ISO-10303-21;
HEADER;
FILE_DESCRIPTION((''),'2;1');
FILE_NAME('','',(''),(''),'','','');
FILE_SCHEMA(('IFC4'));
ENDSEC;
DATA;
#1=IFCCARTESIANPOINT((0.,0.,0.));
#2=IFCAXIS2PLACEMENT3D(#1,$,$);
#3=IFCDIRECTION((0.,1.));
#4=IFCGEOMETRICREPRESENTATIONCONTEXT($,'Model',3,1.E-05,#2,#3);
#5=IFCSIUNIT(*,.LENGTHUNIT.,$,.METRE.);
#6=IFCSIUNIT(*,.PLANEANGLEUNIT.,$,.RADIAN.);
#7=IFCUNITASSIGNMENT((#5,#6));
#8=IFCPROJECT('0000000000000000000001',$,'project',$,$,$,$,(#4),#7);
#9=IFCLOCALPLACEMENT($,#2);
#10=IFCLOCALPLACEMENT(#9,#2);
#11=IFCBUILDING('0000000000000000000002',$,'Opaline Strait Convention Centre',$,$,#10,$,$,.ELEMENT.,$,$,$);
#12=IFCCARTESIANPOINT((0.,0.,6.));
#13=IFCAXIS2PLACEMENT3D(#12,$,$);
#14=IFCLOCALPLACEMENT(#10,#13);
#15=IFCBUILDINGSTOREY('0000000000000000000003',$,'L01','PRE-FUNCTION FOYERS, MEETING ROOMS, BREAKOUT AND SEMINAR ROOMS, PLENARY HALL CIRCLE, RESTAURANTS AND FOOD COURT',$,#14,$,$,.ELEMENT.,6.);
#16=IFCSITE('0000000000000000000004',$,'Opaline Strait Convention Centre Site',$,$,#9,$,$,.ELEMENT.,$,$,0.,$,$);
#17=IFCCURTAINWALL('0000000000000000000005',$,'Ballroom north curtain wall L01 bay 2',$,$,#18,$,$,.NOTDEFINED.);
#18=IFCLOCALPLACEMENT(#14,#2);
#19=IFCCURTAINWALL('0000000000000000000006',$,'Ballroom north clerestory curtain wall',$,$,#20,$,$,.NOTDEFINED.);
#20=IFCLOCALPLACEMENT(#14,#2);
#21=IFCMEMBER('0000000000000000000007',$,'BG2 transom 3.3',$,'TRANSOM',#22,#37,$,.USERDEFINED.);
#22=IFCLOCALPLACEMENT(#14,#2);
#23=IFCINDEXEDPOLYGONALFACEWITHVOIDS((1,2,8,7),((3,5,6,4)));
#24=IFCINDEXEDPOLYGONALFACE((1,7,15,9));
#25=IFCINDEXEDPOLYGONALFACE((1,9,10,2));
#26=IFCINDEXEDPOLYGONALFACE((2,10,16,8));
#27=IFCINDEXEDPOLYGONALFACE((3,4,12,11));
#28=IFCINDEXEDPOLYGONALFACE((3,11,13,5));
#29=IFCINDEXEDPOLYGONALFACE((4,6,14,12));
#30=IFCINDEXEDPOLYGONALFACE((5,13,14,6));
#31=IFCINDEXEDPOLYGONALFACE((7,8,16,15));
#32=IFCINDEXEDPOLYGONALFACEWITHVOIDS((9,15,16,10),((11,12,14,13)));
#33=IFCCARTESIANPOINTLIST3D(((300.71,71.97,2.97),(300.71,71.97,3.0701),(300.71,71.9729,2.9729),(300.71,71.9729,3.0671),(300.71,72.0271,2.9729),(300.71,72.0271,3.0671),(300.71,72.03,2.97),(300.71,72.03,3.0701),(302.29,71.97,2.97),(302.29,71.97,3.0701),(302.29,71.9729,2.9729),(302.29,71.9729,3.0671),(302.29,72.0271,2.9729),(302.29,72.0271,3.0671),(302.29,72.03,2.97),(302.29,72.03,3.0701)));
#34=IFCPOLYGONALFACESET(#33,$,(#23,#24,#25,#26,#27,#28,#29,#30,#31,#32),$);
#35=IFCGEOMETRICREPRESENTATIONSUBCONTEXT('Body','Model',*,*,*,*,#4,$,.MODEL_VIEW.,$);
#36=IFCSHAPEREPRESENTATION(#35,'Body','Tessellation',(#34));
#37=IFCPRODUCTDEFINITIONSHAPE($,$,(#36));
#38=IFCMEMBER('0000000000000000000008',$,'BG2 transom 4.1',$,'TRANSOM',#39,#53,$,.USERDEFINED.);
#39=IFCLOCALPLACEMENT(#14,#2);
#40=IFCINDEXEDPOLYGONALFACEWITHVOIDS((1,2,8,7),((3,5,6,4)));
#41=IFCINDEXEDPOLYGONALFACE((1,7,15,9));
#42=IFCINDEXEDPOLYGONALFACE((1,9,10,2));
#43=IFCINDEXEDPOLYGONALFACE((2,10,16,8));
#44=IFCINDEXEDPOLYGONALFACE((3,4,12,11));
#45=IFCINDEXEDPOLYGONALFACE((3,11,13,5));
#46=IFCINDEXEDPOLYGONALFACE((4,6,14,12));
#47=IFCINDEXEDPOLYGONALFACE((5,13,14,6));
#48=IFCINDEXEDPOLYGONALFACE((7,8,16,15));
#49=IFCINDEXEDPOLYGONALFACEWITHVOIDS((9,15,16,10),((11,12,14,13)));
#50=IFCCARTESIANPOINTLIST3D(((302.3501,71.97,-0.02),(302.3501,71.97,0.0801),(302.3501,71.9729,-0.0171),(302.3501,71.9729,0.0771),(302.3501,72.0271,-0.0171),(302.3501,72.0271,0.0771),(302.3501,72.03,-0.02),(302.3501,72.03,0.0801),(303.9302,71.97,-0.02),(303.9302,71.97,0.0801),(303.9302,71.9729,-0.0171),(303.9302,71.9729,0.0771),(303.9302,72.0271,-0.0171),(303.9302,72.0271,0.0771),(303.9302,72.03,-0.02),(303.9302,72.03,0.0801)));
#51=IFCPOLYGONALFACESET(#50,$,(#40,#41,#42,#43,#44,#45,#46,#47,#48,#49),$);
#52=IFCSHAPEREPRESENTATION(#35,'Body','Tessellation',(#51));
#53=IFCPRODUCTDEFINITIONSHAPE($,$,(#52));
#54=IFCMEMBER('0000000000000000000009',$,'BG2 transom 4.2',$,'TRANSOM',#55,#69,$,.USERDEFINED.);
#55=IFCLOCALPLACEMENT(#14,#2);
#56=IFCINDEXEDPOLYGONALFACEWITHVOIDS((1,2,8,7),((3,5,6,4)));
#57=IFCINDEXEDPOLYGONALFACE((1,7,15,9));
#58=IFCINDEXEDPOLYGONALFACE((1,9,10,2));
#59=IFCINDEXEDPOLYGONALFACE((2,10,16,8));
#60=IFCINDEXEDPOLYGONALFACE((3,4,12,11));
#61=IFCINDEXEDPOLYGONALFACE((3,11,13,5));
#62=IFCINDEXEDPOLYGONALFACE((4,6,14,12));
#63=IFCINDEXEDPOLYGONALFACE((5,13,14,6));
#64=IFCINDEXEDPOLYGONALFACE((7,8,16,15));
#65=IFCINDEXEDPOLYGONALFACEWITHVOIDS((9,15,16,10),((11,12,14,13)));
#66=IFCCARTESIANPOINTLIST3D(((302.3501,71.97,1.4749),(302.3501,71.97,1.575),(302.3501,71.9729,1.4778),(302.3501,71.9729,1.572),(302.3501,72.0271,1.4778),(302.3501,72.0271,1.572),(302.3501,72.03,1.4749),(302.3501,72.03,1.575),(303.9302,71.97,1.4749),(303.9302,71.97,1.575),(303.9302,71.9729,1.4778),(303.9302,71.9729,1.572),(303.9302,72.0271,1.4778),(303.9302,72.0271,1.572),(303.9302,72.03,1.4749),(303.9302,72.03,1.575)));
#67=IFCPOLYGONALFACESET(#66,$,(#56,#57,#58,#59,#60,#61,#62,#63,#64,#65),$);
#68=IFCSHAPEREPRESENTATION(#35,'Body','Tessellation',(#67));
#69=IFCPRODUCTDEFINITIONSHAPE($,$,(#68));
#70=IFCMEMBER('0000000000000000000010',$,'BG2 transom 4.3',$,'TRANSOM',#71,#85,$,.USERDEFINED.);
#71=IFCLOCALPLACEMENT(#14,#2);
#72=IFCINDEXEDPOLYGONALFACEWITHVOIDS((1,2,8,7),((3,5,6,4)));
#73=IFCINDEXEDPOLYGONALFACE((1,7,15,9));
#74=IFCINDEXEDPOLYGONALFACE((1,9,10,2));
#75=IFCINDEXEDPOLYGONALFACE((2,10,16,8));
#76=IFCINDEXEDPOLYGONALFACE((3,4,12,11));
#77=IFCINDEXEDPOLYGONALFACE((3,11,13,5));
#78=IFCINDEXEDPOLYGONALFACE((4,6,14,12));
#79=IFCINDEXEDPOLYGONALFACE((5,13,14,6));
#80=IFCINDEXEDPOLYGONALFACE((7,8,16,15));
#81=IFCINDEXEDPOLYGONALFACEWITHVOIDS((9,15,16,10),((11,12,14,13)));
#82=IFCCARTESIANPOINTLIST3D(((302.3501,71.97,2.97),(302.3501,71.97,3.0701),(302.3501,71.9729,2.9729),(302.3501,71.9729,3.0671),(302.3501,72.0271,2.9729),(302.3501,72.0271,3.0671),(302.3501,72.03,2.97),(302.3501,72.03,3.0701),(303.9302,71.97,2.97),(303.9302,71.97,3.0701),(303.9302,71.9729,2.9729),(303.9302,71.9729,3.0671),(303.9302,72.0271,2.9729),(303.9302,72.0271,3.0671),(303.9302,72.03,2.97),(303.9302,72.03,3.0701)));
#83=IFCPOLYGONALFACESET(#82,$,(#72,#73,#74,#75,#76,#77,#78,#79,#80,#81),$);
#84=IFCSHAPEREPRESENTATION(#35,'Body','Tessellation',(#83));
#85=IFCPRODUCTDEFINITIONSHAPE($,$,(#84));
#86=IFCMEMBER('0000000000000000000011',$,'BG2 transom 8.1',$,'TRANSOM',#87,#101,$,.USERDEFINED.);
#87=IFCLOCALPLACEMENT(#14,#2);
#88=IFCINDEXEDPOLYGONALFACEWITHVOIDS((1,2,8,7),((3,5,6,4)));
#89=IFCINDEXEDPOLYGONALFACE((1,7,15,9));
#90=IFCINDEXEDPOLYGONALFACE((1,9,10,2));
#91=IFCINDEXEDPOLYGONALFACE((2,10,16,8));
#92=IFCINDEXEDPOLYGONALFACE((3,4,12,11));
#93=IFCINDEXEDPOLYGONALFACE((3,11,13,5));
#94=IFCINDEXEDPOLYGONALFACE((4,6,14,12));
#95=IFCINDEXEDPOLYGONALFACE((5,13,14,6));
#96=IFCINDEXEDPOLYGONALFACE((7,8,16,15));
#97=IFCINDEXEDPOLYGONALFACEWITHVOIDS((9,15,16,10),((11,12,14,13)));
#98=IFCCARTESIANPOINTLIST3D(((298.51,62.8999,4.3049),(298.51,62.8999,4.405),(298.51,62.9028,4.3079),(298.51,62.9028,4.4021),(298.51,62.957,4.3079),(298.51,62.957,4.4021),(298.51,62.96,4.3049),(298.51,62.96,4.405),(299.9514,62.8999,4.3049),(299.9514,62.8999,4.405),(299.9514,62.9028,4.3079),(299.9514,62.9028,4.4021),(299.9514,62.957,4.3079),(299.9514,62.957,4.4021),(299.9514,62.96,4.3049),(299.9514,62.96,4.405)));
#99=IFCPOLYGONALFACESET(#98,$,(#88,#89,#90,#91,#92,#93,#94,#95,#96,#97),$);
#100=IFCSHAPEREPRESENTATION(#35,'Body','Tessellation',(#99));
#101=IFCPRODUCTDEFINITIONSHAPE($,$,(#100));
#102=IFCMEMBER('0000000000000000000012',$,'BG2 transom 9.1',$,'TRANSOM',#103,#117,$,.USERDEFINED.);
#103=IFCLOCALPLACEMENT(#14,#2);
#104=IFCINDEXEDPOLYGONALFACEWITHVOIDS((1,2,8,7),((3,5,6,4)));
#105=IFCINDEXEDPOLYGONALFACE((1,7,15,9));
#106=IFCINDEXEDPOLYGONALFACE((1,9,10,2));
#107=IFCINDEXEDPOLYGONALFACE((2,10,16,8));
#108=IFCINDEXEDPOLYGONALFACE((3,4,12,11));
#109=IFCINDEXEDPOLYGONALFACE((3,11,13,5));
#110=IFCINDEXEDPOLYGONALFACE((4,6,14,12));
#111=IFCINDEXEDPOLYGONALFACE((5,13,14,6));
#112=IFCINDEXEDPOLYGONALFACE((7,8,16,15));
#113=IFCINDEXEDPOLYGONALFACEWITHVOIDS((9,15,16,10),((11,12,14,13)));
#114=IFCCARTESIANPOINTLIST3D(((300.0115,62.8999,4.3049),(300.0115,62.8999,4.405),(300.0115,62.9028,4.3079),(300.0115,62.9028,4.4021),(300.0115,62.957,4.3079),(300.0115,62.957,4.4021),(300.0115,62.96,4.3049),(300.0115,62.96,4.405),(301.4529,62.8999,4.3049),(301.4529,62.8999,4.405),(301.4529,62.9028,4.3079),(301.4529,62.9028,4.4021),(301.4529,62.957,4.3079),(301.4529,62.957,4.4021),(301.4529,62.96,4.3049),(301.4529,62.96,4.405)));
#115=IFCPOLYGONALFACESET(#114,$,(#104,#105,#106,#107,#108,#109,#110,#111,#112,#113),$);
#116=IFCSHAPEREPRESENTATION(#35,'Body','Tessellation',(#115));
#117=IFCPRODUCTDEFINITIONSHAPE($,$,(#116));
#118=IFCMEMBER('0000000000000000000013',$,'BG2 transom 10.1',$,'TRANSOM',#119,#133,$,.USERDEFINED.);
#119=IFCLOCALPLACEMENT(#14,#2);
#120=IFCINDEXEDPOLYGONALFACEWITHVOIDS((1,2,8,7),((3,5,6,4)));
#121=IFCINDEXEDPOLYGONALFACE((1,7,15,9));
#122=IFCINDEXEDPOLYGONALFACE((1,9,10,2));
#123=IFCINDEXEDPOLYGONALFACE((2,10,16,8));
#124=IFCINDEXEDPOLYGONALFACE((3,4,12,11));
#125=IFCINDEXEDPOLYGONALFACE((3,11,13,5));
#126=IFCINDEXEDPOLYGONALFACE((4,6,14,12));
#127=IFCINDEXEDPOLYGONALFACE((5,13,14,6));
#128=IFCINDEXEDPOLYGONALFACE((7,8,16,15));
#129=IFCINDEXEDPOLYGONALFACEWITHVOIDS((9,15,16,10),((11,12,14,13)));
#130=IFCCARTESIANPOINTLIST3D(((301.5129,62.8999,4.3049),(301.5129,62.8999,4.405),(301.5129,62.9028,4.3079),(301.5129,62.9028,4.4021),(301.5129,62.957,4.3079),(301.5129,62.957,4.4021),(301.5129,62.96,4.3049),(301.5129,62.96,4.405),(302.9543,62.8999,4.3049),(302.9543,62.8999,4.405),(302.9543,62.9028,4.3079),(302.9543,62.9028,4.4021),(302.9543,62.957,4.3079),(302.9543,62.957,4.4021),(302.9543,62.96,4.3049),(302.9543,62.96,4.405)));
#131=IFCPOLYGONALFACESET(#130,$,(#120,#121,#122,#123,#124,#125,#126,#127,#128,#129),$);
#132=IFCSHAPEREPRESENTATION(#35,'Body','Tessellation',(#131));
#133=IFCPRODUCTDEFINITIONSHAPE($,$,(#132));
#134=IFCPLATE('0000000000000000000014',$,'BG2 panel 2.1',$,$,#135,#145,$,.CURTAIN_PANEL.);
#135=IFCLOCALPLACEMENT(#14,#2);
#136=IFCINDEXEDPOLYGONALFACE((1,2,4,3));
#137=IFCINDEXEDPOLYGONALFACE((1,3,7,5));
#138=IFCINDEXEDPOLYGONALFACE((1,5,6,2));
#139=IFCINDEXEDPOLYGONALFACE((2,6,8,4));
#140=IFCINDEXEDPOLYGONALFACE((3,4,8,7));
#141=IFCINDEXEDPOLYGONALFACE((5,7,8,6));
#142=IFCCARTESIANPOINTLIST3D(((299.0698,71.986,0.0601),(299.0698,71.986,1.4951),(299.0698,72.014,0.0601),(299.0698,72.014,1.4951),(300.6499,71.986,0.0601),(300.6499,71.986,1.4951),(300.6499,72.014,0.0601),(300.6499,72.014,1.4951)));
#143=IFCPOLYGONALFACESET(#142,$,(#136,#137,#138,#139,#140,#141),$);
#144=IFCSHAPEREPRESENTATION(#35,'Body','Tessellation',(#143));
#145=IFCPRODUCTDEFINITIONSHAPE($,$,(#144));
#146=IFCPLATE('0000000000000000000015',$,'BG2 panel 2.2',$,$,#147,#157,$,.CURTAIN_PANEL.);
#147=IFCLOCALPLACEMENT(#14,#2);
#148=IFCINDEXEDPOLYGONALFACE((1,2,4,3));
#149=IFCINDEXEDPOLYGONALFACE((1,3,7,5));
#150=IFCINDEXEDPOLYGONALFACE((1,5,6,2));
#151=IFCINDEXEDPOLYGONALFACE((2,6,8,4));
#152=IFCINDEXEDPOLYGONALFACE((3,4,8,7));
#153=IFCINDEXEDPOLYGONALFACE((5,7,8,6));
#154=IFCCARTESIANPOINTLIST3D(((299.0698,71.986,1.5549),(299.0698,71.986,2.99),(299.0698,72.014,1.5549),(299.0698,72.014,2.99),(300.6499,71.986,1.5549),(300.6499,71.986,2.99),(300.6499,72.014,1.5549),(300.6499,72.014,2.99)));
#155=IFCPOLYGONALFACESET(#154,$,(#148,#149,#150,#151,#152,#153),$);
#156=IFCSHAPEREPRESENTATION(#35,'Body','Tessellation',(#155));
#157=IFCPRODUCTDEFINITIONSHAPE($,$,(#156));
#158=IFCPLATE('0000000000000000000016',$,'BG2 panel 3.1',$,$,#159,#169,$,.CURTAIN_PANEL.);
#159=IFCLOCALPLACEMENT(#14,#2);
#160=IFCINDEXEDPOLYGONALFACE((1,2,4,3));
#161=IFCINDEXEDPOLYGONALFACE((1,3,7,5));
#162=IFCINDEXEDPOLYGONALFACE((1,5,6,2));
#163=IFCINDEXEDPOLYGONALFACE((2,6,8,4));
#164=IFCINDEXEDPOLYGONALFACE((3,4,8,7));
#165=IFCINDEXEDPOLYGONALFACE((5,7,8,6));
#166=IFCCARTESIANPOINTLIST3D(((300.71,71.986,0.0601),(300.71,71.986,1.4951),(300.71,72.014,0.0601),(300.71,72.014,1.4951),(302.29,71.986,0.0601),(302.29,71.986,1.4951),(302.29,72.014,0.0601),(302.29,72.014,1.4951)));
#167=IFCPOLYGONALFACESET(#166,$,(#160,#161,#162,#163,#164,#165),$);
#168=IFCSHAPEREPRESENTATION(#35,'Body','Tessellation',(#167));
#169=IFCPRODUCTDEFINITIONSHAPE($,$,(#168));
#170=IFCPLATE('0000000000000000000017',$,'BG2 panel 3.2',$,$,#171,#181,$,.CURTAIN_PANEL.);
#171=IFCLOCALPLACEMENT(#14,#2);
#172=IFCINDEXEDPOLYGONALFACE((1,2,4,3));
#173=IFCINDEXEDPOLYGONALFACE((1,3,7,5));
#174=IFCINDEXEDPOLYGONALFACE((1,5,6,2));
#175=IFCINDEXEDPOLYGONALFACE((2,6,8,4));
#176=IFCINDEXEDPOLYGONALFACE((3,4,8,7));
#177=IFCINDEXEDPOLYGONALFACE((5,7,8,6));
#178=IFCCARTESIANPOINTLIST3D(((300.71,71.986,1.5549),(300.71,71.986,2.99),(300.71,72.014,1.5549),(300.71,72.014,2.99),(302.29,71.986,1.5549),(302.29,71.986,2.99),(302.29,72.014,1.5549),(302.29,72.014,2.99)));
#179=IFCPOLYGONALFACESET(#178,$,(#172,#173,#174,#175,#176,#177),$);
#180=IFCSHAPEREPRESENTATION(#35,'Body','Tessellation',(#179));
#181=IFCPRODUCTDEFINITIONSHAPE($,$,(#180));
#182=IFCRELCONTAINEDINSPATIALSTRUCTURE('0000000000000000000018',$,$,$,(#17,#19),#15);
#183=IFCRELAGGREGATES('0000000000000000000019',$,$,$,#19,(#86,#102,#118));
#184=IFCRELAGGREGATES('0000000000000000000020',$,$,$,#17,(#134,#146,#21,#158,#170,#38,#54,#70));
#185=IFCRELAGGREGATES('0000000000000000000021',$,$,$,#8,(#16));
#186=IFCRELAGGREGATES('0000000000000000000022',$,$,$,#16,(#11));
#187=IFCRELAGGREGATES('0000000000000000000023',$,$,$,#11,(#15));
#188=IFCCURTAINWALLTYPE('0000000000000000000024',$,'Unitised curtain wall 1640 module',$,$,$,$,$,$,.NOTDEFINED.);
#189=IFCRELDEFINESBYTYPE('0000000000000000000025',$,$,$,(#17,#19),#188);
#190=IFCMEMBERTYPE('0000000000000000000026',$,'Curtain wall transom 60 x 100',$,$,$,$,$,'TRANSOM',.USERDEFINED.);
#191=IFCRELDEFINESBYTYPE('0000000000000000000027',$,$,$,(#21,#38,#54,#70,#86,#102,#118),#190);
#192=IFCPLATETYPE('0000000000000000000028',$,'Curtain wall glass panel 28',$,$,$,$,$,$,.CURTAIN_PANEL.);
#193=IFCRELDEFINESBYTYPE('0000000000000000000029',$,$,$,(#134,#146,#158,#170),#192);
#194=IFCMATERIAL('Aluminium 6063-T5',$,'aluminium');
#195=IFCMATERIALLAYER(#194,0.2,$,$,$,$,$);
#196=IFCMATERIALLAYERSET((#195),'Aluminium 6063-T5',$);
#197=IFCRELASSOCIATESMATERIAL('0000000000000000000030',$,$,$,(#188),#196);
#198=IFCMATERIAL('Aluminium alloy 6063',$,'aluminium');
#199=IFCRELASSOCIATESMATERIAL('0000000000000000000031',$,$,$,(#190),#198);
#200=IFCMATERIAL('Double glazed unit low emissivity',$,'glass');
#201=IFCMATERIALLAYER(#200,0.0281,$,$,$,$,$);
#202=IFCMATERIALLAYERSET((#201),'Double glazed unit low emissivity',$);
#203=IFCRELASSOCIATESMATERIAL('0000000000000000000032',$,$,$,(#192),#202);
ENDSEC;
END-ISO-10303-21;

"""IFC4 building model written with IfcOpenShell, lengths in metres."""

from ifc_helpers import new_model, si_unit, direction, frame, origin, origin_2d, place, context, subcontext, project, spatial, rectangle, hollow_rectangle, extrude, material, layer, layer_set, material_profile, profile_set, type_object, element, aggregate, save


model = new_model("IFC4")

# Units and contexts
model_context = context("Model", 3, precision=1e-05, world=origin(), true_north=direction((0.0, 1.0)))
body_context = subcontext(model_context, "Body", "Model", "MODEL_VIEW")
ifc_project = project(units=[si_unit("LENGTHUNIT", "METRE"), si_unit("PLANEANGLEUNIT", "RADIAN")], contexts=[model_context])

# Site, building, storey
site_placement = place(None, origin())
site = spatial("IfcSite", under=ifc_project, at=site_placement, Name="Opaline Strait Convention Centre Site", CompositionType="ELEMENT", RefElevation=0.0)
building_placement = place(site_placement, origin())
building = spatial("IfcBuilding", under=site, at=building_placement, Name="Opaline Strait Convention Centre", CompositionType="ELEMENT")
storey_placement = place(building_placement, frame((0.0, 0.0, 6.0)))
storey = spatial("IfcBuildingStorey", under=building, at=storey_placement, Name="L01", Description="PRE-FUNCTION FOYERS, MEETING ROOMS, BREAKOUT AND SEMINAR ROOMS, PLENARY HALL CIRCLE, RESTAURANTS AND FOOD COURT", CompositionType="ELEMENT", Elevation=6.0)

# Curtain walls
ifc_material_1 = material(Name="Aluminium 6063-T5", Category="aluminium")
ifc_layer_1 = layer(ifc_material_1, 0.2)
ifc_layer_set_1 = layer_set([ifc_layer_1], Name="Aluminium 6063-T5")
curtain_wall_type = type_object("IfcCurtainWallType", Name="Unitised curtain wall 1640 module", PredefinedType="NOTDEFINED", material=ifc_layer_set_1)
curtain_wall_1_placement = place(storey_placement, origin())
curtain_wall_1 = element("IfcCurtainWall", 1, at=curtain_wall_1_placement, inside=storey, type_object=curtain_wall_type, Name="Ballroom north curtain wall L01 bay 2", PredefinedType="NOTDEFINED")
ifc_material_2 = material(Name="Aluminium alloy 6063", Category="aluminium")
curtain_wall_2_placement = place(storey_placement, origin())
curtain_wall_2 = element("IfcCurtainWall", 2, at=curtain_wall_2_placement, inside=storey, type_object=curtain_wall_type, Name="Ballroom north clerestory curtain wall", PredefinedType="NOTDEFINED")

# Members
ifc_material_profile_1 = material_profile(ifc_material_2, hollow_rectangle(XDim=0.0601, YDim=0.1001, WallThickness=0.0029, at=origin_2d()), Name="TRANSOM 60x100x3")
ifc_profile_set_1 = profile_set([ifc_material_profile_1], Name="Aluminium alloy 6063")
member_type_1 = type_object("IfcMemberType", Name="Curtain wall transom 60 x 100", ElementType="TRANSOM", PredefinedType="USERDEFINED", material=ifc_profile_set_1)
member_1_placement = place(storey_placement, frame((300.71, 72.0, 3.02), z_axis=(1.0, 0.0, 0.0), x_axis=(0.0, 1.0, 0.0)))
member_1 = element("IfcMember", 3, at=member_1_placement, type_object=member_type_1, Name="BG2 transom 3.3", ObjectType="TRANSOM", PredefinedType="USERDEFINED", context=body_context, shape_type="SweptSolid", body=[
    extrude(hollow_rectangle(XDim=0.0601, YDim=0.1001, WallThickness=0.0029, at=origin_2d()), origin(), (0.0, 0.0, 1.0), 1.5801),
])
member_2_placement = place(storey_placement, frame((302.3501, 72.0, 0.03), z_axis=(1.0, 0.0, 0.0), x_axis=(0.0, 1.0, 0.0)))
member_2 = element("IfcMember", 4, at=member_2_placement, type_object=member_type_1, Name="BG2 transom 4.1", ObjectType="TRANSOM", PredefinedType="USERDEFINED", context=body_context, shape_type="SweptSolid", body=[
    extrude(hollow_rectangle(XDim=0.0601, YDim=0.1001, WallThickness=0.0029, at=origin_2d()), origin(), (0.0, 0.0, 1.0), 1.5801),
])
member_3_placement = place(storey_placement, frame((302.3501, 72.0, 1.5249), z_axis=(1.0, 0.0, 0.0), x_axis=(0.0, 1.0, 0.0)))
member_3 = element("IfcMember", 5, at=member_3_placement, type_object=member_type_1, Name="BG2 transom 4.2", ObjectType="TRANSOM", PredefinedType="USERDEFINED", context=body_context, shape_type="SweptSolid", body=[
    extrude(hollow_rectangle(XDim=0.0601, YDim=0.1001, WallThickness=0.0029, at=origin_2d()), origin(), (0.0, 0.0, 1.0), 1.5801),
])
member_4_placement = place(storey_placement, frame((302.3501, 72.0, 3.02), z_axis=(1.0, 0.0, 0.0), x_axis=(0.0, 1.0, 0.0)))
member_4 = element("IfcMember", 6, at=member_4_placement, type_object=member_type_1, Name="BG2 transom 4.3", ObjectType="TRANSOM", PredefinedType="USERDEFINED", context=body_context, shape_type="SweptSolid", body=[
    extrude(hollow_rectangle(XDim=0.0601, YDim=0.1001, WallThickness=0.0029, at=origin_2d()), origin(), (0.0, 0.0, 1.0), 1.5801),
])
member_5_placement = place(storey_placement, frame((298.51, 62.9299, 4.355), z_axis=(1.0, 0.0, 0.0), x_axis=(0.0, 1.0, 0.0)))
member_5 = element("IfcMember", 7, at=member_5_placement, type_object=member_type_1, Name="BG2 transom 8.1", ObjectType="TRANSOM", PredefinedType="USERDEFINED", context=body_context, shape_type="SweptSolid", body=[
    extrude(hollow_rectangle(XDim=0.0601, YDim=0.1001, WallThickness=0.0029, at=origin_2d()), origin(), (0.0, 0.0, 1.0), 1.4414),
])
member_6_placement = place(storey_placement, frame((300.0115, 62.9299, 4.355), z_axis=(1.0, 0.0, 0.0), x_axis=(0.0, 1.0, 0.0)))
member_6 = element("IfcMember", 8, at=member_6_placement, type_object=member_type_1, Name="BG2 transom 9.1", ObjectType="TRANSOM", PredefinedType="USERDEFINED", context=body_context, shape_type="SweptSolid", body=[
    extrude(hollow_rectangle(XDim=0.0601, YDim=0.1001, WallThickness=0.0029, at=origin_2d()), origin(), (0.0, 0.0, 1.0), 1.4414),
])
member_7_placement = place(storey_placement, frame((301.5129, 62.9299, 4.355), z_axis=(1.0, 0.0, 0.0), x_axis=(0.0, 1.0, 0.0)))
member_7 = element("IfcMember", 9, at=member_7_placement, type_object=member_type_1, Name="BG2 transom 10.1", ObjectType="TRANSOM", PredefinedType="USERDEFINED", context=body_context, shape_type="SweptSolid", body=[
    extrude(hollow_rectangle(XDim=0.0601, YDim=0.1001, WallThickness=0.0029, at=origin_2d()), origin(), (0.0, 0.0, 1.0), 1.4414),
])
aggregate(curtain_wall_2, [member_5, member_6, member_7])

# Plates
ifc_material_3 = material(Name="Double glazed unit low emissivity", Category="glass")
ifc_layer_2 = layer(ifc_material_3, 0.0281)
ifc_layer_set_2 = layer_set([ifc_layer_2], Name="Double glazed unit low emissivity")
plate_type = type_object("IfcPlateType", Name="Curtain wall glass panel 28", PredefinedType="CURTAIN_PANEL", material=ifc_layer_set_2)
plate_1_placement = place(storey_placement, frame((299.8599, 72.0, 0.0601), z_axis=(0.0, 0.0, 1.0), x_axis=(1.0, 0.0, 0.0)))
plate_1 = element("IfcPlate", 10, at=plate_1_placement, type_object=plate_type, Name="BG2 panel 2.1", PredefinedType="CURTAIN_PANEL", context=body_context, shape_type="SweptSolid", body=[
    extrude(rectangle(XDim=1.5801, YDim=0.0281, at=origin_2d()), origin(), (0.0, 0.0, 1.0), 1.4351),
])
plate_2_placement = place(storey_placement, frame((299.8599, 72.0, 1.5549), z_axis=(0.0, 0.0, 1.0), x_axis=(1.0, 0.0, 0.0)))
plate_2 = element("IfcPlate", 11, at=plate_2_placement, type_object=plate_type, Name="BG2 panel 2.2", PredefinedType="CURTAIN_PANEL", context=body_context, shape_type="SweptSolid", body=[
    extrude(rectangle(XDim=1.5801, YDim=0.0281, at=origin_2d()), origin(), (0.0, 0.0, 1.0), 1.4351),
])
plate_3_placement = place(storey_placement, frame((301.5, 72.0, 0.0601), z_axis=(0.0, 0.0, 1.0), x_axis=(1.0, 0.0, 0.0)))
plate_3 = element("IfcPlate", 12, at=plate_3_placement, type_object=plate_type, Name="BG2 panel 3.1", PredefinedType="CURTAIN_PANEL", context=body_context, shape_type="SweptSolid", body=[
    extrude(rectangle(XDim=1.5801, YDim=0.0281, at=origin_2d()), origin(), (0.0, 0.0, 1.0), 1.4351),
])
plate_4_placement = place(storey_placement, frame((301.5, 72.0, 1.5549), z_axis=(0.0, 0.0, 1.0), x_axis=(1.0, 0.0, 0.0)))
plate_4 = element("IfcPlate", 13, at=plate_4_placement, type_object=plate_type, Name="BG2 panel 3.2", PredefinedType="CURTAIN_PANEL", context=body_context, shape_type="SweptSolid", body=[
    extrude(rectangle(XDim=1.5801, YDim=0.0281, at=origin_2d()), origin(), (0.0, 0.0, 1.0), 1.4351),
])
aggregate(curtain_wall_1, [plate_1, plate_2, member_1, plate_3, plate_4, member_2, member_3, member_4])

save(model, "model.ifc")
